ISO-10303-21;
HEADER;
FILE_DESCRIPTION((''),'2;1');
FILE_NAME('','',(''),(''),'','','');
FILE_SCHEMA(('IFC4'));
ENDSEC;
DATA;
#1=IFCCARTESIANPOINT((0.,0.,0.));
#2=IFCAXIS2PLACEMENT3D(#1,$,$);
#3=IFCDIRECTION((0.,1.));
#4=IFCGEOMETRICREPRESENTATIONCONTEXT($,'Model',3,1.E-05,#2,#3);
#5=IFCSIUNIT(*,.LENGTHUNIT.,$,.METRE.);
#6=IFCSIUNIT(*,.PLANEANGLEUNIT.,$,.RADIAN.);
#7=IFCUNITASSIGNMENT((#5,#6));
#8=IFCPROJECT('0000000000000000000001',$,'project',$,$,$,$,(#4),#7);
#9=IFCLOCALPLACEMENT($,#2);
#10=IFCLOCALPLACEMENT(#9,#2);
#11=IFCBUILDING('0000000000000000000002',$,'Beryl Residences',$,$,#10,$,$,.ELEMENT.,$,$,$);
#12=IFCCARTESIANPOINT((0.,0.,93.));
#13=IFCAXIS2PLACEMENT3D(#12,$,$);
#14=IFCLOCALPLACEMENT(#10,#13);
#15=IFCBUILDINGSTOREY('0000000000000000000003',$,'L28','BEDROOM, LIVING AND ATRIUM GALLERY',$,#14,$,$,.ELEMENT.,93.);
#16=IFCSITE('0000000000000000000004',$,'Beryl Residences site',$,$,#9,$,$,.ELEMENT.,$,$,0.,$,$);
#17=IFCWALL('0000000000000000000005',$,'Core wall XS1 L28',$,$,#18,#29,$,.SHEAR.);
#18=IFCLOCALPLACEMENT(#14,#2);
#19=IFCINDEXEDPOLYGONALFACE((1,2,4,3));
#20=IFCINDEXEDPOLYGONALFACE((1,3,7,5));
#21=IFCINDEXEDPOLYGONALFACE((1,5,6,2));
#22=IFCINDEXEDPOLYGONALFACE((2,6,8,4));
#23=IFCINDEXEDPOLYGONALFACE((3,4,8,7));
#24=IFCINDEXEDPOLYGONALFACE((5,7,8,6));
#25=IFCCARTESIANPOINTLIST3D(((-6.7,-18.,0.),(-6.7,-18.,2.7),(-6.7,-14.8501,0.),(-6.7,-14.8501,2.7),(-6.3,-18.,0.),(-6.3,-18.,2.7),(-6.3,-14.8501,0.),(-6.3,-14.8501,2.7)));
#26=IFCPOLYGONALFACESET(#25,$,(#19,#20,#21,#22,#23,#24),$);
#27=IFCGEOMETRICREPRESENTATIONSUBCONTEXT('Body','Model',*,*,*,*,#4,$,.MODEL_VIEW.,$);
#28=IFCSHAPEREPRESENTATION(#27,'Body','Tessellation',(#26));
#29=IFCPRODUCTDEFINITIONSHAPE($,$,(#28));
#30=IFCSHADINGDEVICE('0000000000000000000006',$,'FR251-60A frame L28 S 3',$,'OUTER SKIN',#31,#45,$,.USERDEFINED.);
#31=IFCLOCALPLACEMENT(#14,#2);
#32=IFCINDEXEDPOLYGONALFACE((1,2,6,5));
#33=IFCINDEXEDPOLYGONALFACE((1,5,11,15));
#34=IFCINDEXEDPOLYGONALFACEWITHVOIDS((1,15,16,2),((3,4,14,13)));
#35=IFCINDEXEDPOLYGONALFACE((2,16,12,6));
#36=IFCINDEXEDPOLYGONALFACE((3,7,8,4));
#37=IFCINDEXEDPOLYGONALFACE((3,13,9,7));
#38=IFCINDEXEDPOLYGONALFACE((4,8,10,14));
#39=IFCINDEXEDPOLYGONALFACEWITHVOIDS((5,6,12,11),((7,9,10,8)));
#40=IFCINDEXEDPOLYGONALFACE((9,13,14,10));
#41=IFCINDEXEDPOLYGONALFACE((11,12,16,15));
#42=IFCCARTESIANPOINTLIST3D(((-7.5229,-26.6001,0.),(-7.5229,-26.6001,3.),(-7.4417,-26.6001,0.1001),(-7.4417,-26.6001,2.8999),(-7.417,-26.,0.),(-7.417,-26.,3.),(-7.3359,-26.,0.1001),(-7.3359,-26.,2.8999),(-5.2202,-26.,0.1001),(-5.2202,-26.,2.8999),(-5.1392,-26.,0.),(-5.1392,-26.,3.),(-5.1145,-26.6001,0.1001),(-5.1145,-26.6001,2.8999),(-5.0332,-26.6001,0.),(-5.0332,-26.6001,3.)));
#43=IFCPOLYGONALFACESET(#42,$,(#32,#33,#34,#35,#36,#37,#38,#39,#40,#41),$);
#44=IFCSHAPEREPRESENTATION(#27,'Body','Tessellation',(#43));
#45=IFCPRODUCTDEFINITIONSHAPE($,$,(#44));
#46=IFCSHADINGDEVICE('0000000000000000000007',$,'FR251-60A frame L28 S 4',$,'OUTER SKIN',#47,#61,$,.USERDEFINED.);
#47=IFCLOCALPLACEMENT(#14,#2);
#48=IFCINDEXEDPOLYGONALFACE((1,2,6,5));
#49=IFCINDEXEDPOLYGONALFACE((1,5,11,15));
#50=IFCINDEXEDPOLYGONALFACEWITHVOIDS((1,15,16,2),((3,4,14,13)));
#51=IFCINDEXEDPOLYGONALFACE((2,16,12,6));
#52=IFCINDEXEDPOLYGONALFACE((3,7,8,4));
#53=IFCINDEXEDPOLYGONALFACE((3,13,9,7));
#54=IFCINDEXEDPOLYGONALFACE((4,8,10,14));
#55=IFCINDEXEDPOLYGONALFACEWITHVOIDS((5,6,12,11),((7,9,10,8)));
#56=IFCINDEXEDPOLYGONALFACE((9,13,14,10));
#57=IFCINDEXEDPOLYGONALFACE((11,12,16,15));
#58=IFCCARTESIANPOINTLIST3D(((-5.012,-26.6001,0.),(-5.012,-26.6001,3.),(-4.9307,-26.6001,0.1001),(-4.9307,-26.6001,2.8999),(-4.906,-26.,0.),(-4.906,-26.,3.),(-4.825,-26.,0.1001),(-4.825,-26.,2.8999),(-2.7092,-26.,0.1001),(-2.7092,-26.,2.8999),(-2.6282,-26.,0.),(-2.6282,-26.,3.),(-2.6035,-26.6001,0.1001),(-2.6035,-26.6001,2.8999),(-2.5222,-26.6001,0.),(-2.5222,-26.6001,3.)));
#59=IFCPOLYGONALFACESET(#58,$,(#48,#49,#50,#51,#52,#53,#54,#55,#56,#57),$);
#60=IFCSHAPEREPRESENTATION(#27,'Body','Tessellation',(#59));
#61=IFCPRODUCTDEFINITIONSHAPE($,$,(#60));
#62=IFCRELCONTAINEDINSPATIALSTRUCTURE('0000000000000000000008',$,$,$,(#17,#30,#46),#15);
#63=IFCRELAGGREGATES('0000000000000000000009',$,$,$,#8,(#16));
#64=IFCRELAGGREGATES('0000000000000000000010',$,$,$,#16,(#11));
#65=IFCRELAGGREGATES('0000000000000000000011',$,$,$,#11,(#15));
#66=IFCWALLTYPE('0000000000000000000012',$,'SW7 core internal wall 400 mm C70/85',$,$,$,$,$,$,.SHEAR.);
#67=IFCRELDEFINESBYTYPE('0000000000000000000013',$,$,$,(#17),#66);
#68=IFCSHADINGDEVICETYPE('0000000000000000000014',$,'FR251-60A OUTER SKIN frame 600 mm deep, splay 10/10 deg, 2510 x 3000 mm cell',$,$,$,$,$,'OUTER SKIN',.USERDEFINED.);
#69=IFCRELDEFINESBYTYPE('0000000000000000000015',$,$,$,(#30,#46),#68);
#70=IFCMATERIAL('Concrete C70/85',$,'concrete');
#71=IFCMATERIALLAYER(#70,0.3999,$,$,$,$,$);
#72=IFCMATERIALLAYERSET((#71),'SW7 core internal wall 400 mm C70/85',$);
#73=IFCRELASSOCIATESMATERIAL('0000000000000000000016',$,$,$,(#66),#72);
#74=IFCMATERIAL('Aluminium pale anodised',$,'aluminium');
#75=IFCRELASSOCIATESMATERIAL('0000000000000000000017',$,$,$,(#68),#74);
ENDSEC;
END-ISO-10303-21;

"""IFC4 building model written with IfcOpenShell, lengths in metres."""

from ifc_helpers import new_model, entity, si_unit, direction, frame, frame_2d, origin, place, context, subcontext, project, spatial, rectangle, extrude, source, transform, mapped, material, layer, layer_set, type_object, type_shapes, element, save


model = new_model("IFC4")

# Units and contexts
model_context = context("Model", 3, precision=1e-05, world=origin(), true_north=direction((0.0, 1.0)))
body_context = subcontext(model_context, "Body", "Model", "MODEL_VIEW")
ifc_project = project(units=[si_unit("LENGTHUNIT", "METRE"), si_unit("PLANEANGLEUNIT", "RADIAN")], contexts=[model_context])

# Site, building, storey
site_placement = place(None, origin())
site = spatial("IfcSite", under=ifc_project, at=site_placement, Name="Beryl Residences site", CompositionType="ELEMENT", RefElevation=0.0)
building_placement = place(site_placement, origin())
building = spatial("IfcBuilding", under=site, at=building_placement, Name="Beryl Residences", CompositionType="ELEMENT")
storey_placement = place(building_placement, frame((0.0, 0.0, 93.0)))
storey = spatial("IfcBuildingStorey", under=building, at=storey_placement, Name="L28", Description="BEDROOM, LIVING AND ATRIUM GALLERY", CompositionType="ELEMENT", Elevation=93.0)

# Wall
ifc_material_1 = material(Name="Concrete C70/85", Category="concrete")
ifc_layer_1 = layer(ifc_material_1, 0.3999)
ifc_layer_set_1 = layer_set([ifc_layer_1], Name="SW7 core internal wall 400 mm C70/85")
wall_type_1 = type_object("IfcWallType", Name="SW7 core internal wall 400 mm C70/85", PredefinedType="SHEAR", material=ifc_layer_set_1)
wall_1_placement = place(storey_placement, frame((-6.5, -18.0, 0.0), z_axis=(0.0, 0.0, 1.0), x_axis=(0.0, 1.0, 0.0)))
element("IfcWall", 1, at=wall_1_placement, inside=storey, type_object=wall_type_1, Name="Core wall XS1 L28", PredefinedType="SHEAR", context=body_context, shape_type="SweptSolid", body=[
    extrude(rectangle(XDim=3.1499, YDim=0.3999, at=frame_2d((1.575, 0.0))), origin(), (0.0, 0.0, 1.0), 2.7),
])

# Shading devices
ifc_material_2 = material(Name="Aluminium pale anodised", Category="aluminium")
shading_device_type = type_object("IfcShadingDeviceType", Name="FR251-60A OUTER SKIN frame 600 mm deep, splay 10/10 deg, 2510 x 3000 mm cell", ElementType="OUTER SKIN", PredefinedType="USERDEFINED", material=ifc_material_2)
cartesian_point_1 = entity("IfcCartesianPoint", [-1.1389, 0.0])
cartesian_point_2 = entity("IfcCartesianPoint", [-1.0579, 0.1001])
cartesian_point_3 = entity("IfcCartesianPoint", [-1.2449, 0.0])
cartesian_point_4 = entity("IfcCartesianPoint", [-1.1636, 0.1001])
shared_shape = source(origin(), body_context, "Body", "SweptSolid", [
    entity("IfcExtrudedAreaSolidTapered", entity("IfcArbitraryProfileDefWithVoids", "AREA", None, entity("IfcPolyline", [cartesian_point_1, entity("IfcCartesianPoint", [1.1389, 0.0]), entity("IfcCartesianPoint", [1.1389, 3.0]), entity("IfcCartesianPoint", [-1.1389, 3.0]), cartesian_point_1]), [entity("IfcPolyline", [cartesian_point_2, entity("IfcCartesianPoint", [1.0579, 0.1001]), entity("IfcCartesianPoint", [1.0579, 2.8999]), entity("IfcCartesianPoint", [-1.0579, 2.8999]), cartesian_point_2])]), entity("IfcAxis2Placement3D", entity("IfcCartesianPoint", [0.0, 0.0, 0.0]), entity("IfcDirection", [0.0, 1.0, 0.0]), entity("IfcDirection", [-1.0, 0.0, 0.0])), entity("IfcDirection", [0.0, 0.0, 1.0]), 0.6001, entity("IfcArbitraryProfileDefWithVoids", "AREA", None, entity("IfcPolyline", [cartesian_point_3, entity("IfcCartesianPoint", [1.2449, 0.0]), entity("IfcCartesianPoint", [1.2449, 3.0]), entity("IfcCartesianPoint", [-1.2449, 3.0]), cartesian_point_3]), [entity("IfcPolyline", [cartesian_point_4, entity("IfcCartesianPoint", [1.1636, 0.1001]), entity("IfcCartesianPoint", [1.1636, 2.8999]), entity("IfcCartesianPoint", [-1.1636, 2.8999]), cartesian_point_4])])),
])
type_shapes(shading_device_type, [shared_shape])
for number, where, z_axis, x_axis, name in (
    (2, (-6.2781, -26.0, 0.0), (0.0, 0.0, 1.0), (-1.0, 0.0, 0.0), "FR251-60A frame L28 S 3"),
    (3, (-3.7671, -26.0, 0.0), (0.0, 0.0, 1.0), (-1.0, 0.0, 0.0), "FR251-60A frame L28 S 4"),
):
    element("IfcShadingDevice", number, at=place(storey_placement, frame(where, z_axis=z_axis, x_axis=x_axis)), inside=storey, type_object=shading_device_type, Name=name, ObjectType="OUTER SKIN", PredefinedType="USERDEFINED", context=body_context, shape_type="MappedRepresentation", body=[
        mapped(shared_shape, transform((0.0, 0.0, 0.0))),
    ])

save(model, "model.ifc")
